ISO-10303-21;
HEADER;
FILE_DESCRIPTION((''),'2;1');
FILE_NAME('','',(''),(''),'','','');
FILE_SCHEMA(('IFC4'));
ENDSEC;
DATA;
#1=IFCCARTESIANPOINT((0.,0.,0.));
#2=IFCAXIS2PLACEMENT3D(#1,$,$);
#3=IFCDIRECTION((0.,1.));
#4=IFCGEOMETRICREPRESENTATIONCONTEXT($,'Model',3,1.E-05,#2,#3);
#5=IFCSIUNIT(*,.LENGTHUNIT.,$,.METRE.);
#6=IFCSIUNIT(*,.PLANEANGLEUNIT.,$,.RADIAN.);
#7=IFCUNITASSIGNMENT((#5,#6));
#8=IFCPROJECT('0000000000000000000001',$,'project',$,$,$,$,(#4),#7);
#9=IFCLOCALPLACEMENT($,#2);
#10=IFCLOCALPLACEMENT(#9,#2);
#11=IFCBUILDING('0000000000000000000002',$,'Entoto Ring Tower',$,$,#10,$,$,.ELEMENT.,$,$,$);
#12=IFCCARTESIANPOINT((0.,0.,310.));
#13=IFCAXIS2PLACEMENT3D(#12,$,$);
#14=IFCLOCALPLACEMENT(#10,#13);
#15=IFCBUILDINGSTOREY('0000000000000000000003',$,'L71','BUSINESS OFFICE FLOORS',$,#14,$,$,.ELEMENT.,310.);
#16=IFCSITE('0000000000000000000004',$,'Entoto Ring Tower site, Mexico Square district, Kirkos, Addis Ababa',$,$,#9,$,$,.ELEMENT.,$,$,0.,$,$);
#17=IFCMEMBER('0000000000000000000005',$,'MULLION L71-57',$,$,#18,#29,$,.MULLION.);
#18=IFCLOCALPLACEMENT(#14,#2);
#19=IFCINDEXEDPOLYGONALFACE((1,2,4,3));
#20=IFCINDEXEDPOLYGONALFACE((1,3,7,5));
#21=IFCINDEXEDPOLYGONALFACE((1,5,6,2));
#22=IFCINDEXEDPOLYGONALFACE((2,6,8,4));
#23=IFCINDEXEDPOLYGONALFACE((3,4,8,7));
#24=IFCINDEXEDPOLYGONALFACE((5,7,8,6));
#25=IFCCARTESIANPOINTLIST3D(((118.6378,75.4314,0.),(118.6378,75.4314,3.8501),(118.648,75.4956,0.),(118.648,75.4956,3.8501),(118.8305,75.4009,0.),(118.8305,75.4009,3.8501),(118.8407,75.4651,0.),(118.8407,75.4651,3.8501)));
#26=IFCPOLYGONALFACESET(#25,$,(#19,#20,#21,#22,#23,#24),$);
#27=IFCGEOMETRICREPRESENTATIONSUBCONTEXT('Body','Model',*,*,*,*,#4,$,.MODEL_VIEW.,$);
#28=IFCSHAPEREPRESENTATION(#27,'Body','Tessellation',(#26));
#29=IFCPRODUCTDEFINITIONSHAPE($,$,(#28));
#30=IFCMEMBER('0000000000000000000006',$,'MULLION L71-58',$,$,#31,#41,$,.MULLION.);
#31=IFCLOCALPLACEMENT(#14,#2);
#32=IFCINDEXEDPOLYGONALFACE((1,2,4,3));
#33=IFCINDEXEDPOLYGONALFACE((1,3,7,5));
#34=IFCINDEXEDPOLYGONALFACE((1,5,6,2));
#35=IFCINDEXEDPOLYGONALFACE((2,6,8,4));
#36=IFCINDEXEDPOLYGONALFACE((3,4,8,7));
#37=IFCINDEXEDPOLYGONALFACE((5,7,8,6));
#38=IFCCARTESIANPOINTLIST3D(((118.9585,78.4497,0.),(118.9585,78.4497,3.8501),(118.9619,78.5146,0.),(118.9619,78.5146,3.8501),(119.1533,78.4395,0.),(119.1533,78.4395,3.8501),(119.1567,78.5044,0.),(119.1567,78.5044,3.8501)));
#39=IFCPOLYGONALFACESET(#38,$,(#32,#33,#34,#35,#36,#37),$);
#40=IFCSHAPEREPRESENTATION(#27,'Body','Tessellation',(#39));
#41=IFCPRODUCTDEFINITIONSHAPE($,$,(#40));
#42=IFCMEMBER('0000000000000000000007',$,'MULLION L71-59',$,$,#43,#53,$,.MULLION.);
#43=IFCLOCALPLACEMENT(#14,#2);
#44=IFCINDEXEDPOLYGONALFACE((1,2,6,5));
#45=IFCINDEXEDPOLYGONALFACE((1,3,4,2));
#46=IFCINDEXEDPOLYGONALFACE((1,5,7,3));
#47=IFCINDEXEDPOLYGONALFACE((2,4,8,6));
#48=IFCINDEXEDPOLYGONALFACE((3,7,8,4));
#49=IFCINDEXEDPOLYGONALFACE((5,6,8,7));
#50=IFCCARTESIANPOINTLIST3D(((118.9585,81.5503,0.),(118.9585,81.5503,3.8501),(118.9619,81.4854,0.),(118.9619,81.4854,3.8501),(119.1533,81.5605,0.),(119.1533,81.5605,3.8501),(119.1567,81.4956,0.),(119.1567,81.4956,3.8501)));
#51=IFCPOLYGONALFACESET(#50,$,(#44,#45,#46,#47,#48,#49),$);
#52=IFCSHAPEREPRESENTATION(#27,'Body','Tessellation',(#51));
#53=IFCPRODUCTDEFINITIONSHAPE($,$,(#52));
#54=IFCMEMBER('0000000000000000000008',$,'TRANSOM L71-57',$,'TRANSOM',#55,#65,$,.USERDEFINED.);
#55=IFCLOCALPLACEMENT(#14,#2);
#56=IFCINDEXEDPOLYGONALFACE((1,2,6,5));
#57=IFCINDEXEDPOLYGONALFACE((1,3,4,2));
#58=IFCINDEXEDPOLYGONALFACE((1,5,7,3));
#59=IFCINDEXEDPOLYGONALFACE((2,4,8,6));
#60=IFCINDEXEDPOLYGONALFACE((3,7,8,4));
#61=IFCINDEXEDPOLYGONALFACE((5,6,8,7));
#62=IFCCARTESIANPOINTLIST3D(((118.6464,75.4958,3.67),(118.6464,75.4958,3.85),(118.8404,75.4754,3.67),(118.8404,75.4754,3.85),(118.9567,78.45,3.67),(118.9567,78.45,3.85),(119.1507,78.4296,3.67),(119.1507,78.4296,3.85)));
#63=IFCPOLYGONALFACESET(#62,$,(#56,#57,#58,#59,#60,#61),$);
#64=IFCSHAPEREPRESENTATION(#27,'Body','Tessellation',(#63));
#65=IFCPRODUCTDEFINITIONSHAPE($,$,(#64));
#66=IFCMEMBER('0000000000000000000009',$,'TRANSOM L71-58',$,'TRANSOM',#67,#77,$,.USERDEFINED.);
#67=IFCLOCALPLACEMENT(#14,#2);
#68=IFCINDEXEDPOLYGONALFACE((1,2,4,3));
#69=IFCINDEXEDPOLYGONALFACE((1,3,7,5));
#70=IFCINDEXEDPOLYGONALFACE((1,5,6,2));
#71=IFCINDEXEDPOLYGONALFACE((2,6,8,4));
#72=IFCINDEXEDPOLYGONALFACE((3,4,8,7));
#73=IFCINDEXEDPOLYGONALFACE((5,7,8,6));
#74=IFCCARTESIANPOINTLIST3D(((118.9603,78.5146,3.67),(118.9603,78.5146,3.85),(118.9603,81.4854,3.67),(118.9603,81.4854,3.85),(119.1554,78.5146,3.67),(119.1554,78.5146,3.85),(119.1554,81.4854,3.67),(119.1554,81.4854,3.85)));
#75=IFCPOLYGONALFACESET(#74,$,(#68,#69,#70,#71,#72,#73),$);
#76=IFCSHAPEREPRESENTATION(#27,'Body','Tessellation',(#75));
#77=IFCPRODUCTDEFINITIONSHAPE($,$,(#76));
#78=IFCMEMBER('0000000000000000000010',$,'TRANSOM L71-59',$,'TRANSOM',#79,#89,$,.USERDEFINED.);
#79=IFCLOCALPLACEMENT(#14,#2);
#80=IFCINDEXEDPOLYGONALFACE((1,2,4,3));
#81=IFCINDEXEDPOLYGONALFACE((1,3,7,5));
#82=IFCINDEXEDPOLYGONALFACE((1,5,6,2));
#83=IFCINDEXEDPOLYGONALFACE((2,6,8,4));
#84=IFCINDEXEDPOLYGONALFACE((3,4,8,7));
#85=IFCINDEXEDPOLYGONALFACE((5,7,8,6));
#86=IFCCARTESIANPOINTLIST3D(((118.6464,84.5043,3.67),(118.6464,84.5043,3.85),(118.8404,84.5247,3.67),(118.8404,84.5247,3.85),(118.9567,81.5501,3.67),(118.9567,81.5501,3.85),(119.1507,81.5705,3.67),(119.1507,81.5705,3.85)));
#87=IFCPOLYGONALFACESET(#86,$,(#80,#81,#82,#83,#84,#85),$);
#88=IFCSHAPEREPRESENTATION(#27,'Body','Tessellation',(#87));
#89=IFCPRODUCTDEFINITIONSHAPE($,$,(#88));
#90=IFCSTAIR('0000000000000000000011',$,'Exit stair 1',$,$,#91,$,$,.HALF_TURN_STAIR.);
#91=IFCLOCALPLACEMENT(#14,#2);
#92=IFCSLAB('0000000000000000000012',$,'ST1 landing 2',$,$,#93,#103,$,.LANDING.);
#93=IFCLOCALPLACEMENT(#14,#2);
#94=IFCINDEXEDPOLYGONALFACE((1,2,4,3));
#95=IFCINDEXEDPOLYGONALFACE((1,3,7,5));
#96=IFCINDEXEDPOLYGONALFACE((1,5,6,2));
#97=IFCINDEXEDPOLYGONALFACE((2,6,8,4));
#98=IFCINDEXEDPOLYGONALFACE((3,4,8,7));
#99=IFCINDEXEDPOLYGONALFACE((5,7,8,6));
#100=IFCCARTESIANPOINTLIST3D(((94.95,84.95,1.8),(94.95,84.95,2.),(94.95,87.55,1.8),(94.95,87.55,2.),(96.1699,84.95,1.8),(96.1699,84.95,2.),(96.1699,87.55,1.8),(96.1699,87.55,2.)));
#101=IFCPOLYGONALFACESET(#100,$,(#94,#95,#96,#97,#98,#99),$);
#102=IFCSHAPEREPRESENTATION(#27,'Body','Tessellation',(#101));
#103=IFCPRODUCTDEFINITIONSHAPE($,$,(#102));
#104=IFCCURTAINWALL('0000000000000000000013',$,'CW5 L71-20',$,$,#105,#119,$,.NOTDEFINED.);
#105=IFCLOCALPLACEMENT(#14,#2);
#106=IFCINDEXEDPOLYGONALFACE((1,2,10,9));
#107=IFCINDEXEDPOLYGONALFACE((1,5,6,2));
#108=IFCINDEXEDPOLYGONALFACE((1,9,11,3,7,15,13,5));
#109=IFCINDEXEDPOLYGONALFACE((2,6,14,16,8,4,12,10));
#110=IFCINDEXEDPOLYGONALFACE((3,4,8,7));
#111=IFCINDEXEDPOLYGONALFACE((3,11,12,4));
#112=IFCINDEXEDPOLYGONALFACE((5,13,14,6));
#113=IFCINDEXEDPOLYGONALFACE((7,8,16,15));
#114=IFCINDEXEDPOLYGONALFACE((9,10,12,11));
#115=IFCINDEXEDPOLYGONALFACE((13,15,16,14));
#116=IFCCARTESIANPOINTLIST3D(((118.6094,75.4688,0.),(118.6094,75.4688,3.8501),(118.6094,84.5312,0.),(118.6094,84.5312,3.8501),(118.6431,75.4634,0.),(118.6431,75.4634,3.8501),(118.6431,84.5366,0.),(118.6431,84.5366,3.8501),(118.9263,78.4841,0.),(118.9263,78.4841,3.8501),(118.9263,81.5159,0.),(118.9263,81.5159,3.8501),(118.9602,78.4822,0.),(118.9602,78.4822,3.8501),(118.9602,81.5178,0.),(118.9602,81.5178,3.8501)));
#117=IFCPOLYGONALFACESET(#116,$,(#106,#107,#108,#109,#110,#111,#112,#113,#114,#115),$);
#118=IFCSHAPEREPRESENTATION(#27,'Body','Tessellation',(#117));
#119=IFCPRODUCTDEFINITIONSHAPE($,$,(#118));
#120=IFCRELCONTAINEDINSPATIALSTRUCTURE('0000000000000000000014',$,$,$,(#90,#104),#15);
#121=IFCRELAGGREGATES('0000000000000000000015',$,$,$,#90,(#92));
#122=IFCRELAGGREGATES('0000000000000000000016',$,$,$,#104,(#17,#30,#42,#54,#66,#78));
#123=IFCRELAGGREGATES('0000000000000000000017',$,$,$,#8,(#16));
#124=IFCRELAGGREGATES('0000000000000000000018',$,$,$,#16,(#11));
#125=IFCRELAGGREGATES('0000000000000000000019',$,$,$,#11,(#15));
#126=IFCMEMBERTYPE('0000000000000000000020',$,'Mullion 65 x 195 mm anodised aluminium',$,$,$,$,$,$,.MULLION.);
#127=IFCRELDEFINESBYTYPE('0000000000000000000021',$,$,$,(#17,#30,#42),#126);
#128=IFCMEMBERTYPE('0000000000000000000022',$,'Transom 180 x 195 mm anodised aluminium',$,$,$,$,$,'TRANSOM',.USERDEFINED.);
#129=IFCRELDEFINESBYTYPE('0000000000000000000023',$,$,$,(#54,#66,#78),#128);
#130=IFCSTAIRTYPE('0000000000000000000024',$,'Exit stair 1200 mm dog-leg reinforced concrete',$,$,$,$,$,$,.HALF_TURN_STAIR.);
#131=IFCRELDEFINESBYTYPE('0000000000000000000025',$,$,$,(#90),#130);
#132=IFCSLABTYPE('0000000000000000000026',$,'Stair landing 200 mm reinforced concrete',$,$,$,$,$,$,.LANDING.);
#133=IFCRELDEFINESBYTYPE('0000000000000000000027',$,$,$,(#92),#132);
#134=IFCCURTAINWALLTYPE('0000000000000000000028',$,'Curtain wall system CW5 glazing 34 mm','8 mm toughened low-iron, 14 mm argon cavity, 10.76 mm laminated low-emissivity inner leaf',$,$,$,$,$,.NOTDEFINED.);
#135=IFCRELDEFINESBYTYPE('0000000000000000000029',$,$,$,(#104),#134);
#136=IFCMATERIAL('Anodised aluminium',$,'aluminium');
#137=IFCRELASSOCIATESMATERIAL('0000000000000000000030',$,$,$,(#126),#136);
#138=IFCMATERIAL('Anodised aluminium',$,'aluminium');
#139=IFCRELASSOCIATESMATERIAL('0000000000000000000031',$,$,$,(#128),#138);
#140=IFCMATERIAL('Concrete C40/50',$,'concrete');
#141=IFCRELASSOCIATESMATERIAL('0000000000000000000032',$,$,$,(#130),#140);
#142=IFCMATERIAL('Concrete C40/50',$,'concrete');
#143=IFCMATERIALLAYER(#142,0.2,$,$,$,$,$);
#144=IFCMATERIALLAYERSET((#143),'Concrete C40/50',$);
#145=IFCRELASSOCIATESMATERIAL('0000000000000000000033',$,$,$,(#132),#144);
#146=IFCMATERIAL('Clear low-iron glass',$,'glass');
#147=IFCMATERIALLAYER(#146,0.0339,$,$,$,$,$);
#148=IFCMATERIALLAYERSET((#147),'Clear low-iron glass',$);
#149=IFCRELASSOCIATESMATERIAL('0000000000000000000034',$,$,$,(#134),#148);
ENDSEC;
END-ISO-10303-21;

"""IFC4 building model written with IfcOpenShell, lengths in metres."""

from ifc_helpers import new_model, si_unit, direction, frame, origin, origin_2d, place, context, subcontext, project, spatial, polyline, rectangle, outline, extrude, material, layer, layer_set, material_profile, profile_set, type_object, element, aggregate, save


model = new_model("IFC4")

# Units and contexts
model_context = context("Model", 3, precision=1e-05, world=origin(), true_north=direction((0.0, 1.0)))
body_context = subcontext(model_context, "Body", "Model", "MODEL_VIEW")
ifc_project = project(units=[si_unit("LENGTHUNIT", "METRE"), si_unit("PLANEANGLEUNIT", "RADIAN")], contexts=[model_context])

# Members
ifc_material_1 = material(Name="Anodised aluminium", Category="aluminium")
ifc_material_profile_1 = material_profile(ifc_material_1, rectangle(XDim=0.0649, YDim=0.1951, at=origin_2d()), Name="Mullion 65 x 195 mm anodised aluminium")
ifc_profile_set_1 = profile_set([ifc_material_profile_1], Name="Anodised aluminium")
member_type_1 = type_object("IfcMemberType", Name="Mullion 65 x 195 mm anodised aluminium", PredefinedType="MULLION", material=ifc_profile_set_1)
site_placement = place(None, origin())
building_placement = place(site_placement, origin())
storey_placement = place(building_placement, frame((0.0, 0.0, 310.0)))
member_1_placement = place(storey_placement, frame((118.7393, 75.4482, 0.0), z_axis=(0.0, 0.0, 1.0), x_axis=(0.156434, 0.987688, 0.0)))
member_1 = element("IfcMember", 1, at=member_1_placement, type_object=member_type_1, Name="MULLION L71-57", PredefinedType="MULLION", context=body_context, shape_type="SweptSolid", body=[
    extrude(rectangle(XDim=0.0649, YDim=0.1951, at=origin_2d()), origin(), (0.0, 0.0, 1.0), 3.8501),
])
member_2_placement = place(storey_placement, frame((119.0576, 78.4771, 0.0), z_axis=(0.0, 0.0, 1.0), x_axis=(0.052336, 0.99863, 0.0)))
member_2 = element("IfcMember", 2, at=member_2_placement, type_object=member_type_1, Name="MULLION L71-58", PredefinedType="MULLION", context=body_context, shape_type="SweptSolid", body=[
    extrude(rectangle(XDim=0.0649, YDim=0.1951, at=origin_2d()), origin(), (0.0, 0.0, 1.0), 3.8501),
])
member_3_placement = place(storey_placement, frame((119.0576, 81.5229, 0.0), z_axis=(0.0, 0.0, 1.0), x_axis=(-0.052336, 0.99863, 0.0)))
member_3 = element("IfcMember", 3, at=member_3_placement, type_object=member_type_1, Name="MULLION L71-59", PredefinedType="MULLION", context=body_context, shape_type="SweptSolid", body=[
    extrude(rectangle(XDim=0.0649, YDim=0.1951, at=origin_2d()), origin(), (0.0, 0.0, 1.0), 3.8501),
])
ifc_material_2 = material(Name="Anodised aluminium", Category="aluminium")
ifc_material_profile_2 = material_profile(ifc_material_2, rectangle(XDim=0.1951, YDim=0.1799, at=origin_2d()), Name="Transom 180 x 195 mm anodised aluminium")
ifc_profile_set_2 = profile_set([ifc_material_profile_2], Name="Anodised aluminium")
member_type_2 = type_object("IfcMemberType", Name="Transom 180 x 195 mm anodised aluminium", ElementType="TRANSOM", PredefinedType="USERDEFINED", material=ifc_profile_set_2)
member_4_placement = place(storey_placement, frame((118.7434, 75.4856, 3.76), z_axis=(0.104467, 0.994528, 0.0), x_axis=(-0.994528, 0.104467, 0.0)))
member_4 = element("IfcMember", 4, at=member_4_placement, type_object=member_type_2, Name="TRANSOM L71-57", ObjectType="TRANSOM", PredefinedType="USERDEFINED", context=body_context, shape_type="SweptSolid", body=[
    extrude(rectangle(XDim=0.1951, YDim=0.1799, at=origin_2d()), origin(), (0.0, 0.0, 1.0), 2.9705),
])
member_5_placement = place(storey_placement, frame((119.0579, 78.5146, 3.76), z_axis=(0.0, 1.0, 0.0), x_axis=(-1.0, 0.0, 0.0)))
member_5 = element("IfcMember", 5, at=member_5_placement, type_object=member_type_2, Name="TRANSOM L71-58", ObjectType="TRANSOM", PredefinedType="USERDEFINED", context=body_context, shape_type="SweptSolid", body=[
    extrude(rectangle(XDim=0.1951, YDim=0.1799, at=origin_2d()), origin(), (0.0, 0.0, 1.0), 2.9707),
])
member_6_placement = place(storey_placement, frame((119.0537, 81.5603, 3.76), z_axis=(-0.104467, 0.994528, 0.0), x_axis=(-0.994528, -0.104467, 0.0)))
member_6 = element("IfcMember", 6, at=member_6_placement, type_object=member_type_2, Name="TRANSOM L71-59", ObjectType="TRANSOM", PredefinedType="USERDEFINED", context=body_context, shape_type="SweptSolid", body=[
    extrude(rectangle(XDim=0.1951, YDim=0.1799, at=origin_2d()), origin(), (0.0, 0.0, 1.0), 2.9705),
])

# Site, building, storey
site = spatial("IfcSite", under=ifc_project, at=site_placement, Name="Entoto Ring Tower site, Mexico Square district, Kirkos, Addis Ababa", CompositionType="ELEMENT", RefElevation=0.0)
building = spatial("IfcBuilding", under=site, at=building_placement, Name="Entoto Ring Tower", CompositionType="ELEMENT")
storey = spatial("IfcBuildingStorey", under=building, at=storey_placement, Name="L71", Description="BUSINESS OFFICE FLOORS", CompositionType="ELEMENT", Elevation=310.0)

# Stair, slab
ifc_material_3 = material(Name="Concrete C40/50", Category="concrete")
stair_type = type_object("IfcStairType", Name="Exit stair 1200 mm dog-leg reinforced concrete", PredefinedType="HALF_TURN_STAIR", material=ifc_material_3)
stair_placement = place(storey_placement, origin())
stair = element("IfcStair", 7, at=stair_placement, inside=storey, type_object=stair_type, Name="Exit stair 1", PredefinedType="HALF_TURN_STAIR")
ifc_material_4 = material(Name="Concrete C40/50", Category="concrete")
ifc_layer_1 = layer(ifc_material_4, 0.2)
ifc_layer_set_1 = layer_set([ifc_layer_1], Name="Concrete C40/50")
slab_type = type_object("IfcSlabType", Name="Stair landing 200 mm reinforced concrete", PredefinedType="LANDING", material=ifc_layer_set_1)
slab_placement = place(storey_placement, frame((0.0, 0.0, 1.8)))
slab = element("IfcSlab", 8, at=slab_placement, type_object=slab_type, Name="ST1 landing 2", PredefinedType="LANDING", context=body_context, shape_type="SweptSolid", body=[
    extrude(outline(polyline([(94.95, 84.95), (96.1699, 84.95), (96.1699, 87.55), (94.95, 87.55), (94.95, 84.95)])), origin(), (0.0, 0.0, 1.0), 0.2),
])
aggregate(stair, [slab])

# Curtain wall
ifc_material_5 = material(Name="Clear low-iron glass", Category="glass")
ifc_layer_2 = layer(ifc_material_5, 0.0339)
ifc_layer_set_2 = layer_set([ifc_layer_2], Name="Clear low-iron glass")
curtain_wall_type = type_object("IfcCurtainWallType", Name="Curtain wall system CW5 glazing 34 mm", Description="8 mm toughened low-iron, 14 mm argon cavity, 10.76 mm laminated low-emissivity inner leaf", PredefinedType="NOTDEFINED", material=ifc_layer_set_2)
curtain_wall_1_placement = place(storey_placement, origin())
curtain_wall_1 = element("IfcCurtainWall", 9, at=curtain_wall_1_placement, inside=storey, type_object=curtain_wall_type, Name="CW5 L71-20", PredefinedType="NOTDEFINED", context=body_context, shape_type="SweptSolid", body=[
    extrude(outline(polyline([(118.6431, 75.4634), (118.9602, 78.4822), (118.9602, 81.5178), (118.6431, 84.5366), (118.6094, 84.5312), (118.9263, 81.5159), (118.9263, 78.4841), (118.6094, 75.4688), (118.6431, 75.4634)])), origin(), (0.0, 0.0, 1.0), 3.8501),
])
aggregate(curtain_wall_1, [member_1, member_2, member_3, member_4, member_5, member_6])

save(model, "model.ifc")
